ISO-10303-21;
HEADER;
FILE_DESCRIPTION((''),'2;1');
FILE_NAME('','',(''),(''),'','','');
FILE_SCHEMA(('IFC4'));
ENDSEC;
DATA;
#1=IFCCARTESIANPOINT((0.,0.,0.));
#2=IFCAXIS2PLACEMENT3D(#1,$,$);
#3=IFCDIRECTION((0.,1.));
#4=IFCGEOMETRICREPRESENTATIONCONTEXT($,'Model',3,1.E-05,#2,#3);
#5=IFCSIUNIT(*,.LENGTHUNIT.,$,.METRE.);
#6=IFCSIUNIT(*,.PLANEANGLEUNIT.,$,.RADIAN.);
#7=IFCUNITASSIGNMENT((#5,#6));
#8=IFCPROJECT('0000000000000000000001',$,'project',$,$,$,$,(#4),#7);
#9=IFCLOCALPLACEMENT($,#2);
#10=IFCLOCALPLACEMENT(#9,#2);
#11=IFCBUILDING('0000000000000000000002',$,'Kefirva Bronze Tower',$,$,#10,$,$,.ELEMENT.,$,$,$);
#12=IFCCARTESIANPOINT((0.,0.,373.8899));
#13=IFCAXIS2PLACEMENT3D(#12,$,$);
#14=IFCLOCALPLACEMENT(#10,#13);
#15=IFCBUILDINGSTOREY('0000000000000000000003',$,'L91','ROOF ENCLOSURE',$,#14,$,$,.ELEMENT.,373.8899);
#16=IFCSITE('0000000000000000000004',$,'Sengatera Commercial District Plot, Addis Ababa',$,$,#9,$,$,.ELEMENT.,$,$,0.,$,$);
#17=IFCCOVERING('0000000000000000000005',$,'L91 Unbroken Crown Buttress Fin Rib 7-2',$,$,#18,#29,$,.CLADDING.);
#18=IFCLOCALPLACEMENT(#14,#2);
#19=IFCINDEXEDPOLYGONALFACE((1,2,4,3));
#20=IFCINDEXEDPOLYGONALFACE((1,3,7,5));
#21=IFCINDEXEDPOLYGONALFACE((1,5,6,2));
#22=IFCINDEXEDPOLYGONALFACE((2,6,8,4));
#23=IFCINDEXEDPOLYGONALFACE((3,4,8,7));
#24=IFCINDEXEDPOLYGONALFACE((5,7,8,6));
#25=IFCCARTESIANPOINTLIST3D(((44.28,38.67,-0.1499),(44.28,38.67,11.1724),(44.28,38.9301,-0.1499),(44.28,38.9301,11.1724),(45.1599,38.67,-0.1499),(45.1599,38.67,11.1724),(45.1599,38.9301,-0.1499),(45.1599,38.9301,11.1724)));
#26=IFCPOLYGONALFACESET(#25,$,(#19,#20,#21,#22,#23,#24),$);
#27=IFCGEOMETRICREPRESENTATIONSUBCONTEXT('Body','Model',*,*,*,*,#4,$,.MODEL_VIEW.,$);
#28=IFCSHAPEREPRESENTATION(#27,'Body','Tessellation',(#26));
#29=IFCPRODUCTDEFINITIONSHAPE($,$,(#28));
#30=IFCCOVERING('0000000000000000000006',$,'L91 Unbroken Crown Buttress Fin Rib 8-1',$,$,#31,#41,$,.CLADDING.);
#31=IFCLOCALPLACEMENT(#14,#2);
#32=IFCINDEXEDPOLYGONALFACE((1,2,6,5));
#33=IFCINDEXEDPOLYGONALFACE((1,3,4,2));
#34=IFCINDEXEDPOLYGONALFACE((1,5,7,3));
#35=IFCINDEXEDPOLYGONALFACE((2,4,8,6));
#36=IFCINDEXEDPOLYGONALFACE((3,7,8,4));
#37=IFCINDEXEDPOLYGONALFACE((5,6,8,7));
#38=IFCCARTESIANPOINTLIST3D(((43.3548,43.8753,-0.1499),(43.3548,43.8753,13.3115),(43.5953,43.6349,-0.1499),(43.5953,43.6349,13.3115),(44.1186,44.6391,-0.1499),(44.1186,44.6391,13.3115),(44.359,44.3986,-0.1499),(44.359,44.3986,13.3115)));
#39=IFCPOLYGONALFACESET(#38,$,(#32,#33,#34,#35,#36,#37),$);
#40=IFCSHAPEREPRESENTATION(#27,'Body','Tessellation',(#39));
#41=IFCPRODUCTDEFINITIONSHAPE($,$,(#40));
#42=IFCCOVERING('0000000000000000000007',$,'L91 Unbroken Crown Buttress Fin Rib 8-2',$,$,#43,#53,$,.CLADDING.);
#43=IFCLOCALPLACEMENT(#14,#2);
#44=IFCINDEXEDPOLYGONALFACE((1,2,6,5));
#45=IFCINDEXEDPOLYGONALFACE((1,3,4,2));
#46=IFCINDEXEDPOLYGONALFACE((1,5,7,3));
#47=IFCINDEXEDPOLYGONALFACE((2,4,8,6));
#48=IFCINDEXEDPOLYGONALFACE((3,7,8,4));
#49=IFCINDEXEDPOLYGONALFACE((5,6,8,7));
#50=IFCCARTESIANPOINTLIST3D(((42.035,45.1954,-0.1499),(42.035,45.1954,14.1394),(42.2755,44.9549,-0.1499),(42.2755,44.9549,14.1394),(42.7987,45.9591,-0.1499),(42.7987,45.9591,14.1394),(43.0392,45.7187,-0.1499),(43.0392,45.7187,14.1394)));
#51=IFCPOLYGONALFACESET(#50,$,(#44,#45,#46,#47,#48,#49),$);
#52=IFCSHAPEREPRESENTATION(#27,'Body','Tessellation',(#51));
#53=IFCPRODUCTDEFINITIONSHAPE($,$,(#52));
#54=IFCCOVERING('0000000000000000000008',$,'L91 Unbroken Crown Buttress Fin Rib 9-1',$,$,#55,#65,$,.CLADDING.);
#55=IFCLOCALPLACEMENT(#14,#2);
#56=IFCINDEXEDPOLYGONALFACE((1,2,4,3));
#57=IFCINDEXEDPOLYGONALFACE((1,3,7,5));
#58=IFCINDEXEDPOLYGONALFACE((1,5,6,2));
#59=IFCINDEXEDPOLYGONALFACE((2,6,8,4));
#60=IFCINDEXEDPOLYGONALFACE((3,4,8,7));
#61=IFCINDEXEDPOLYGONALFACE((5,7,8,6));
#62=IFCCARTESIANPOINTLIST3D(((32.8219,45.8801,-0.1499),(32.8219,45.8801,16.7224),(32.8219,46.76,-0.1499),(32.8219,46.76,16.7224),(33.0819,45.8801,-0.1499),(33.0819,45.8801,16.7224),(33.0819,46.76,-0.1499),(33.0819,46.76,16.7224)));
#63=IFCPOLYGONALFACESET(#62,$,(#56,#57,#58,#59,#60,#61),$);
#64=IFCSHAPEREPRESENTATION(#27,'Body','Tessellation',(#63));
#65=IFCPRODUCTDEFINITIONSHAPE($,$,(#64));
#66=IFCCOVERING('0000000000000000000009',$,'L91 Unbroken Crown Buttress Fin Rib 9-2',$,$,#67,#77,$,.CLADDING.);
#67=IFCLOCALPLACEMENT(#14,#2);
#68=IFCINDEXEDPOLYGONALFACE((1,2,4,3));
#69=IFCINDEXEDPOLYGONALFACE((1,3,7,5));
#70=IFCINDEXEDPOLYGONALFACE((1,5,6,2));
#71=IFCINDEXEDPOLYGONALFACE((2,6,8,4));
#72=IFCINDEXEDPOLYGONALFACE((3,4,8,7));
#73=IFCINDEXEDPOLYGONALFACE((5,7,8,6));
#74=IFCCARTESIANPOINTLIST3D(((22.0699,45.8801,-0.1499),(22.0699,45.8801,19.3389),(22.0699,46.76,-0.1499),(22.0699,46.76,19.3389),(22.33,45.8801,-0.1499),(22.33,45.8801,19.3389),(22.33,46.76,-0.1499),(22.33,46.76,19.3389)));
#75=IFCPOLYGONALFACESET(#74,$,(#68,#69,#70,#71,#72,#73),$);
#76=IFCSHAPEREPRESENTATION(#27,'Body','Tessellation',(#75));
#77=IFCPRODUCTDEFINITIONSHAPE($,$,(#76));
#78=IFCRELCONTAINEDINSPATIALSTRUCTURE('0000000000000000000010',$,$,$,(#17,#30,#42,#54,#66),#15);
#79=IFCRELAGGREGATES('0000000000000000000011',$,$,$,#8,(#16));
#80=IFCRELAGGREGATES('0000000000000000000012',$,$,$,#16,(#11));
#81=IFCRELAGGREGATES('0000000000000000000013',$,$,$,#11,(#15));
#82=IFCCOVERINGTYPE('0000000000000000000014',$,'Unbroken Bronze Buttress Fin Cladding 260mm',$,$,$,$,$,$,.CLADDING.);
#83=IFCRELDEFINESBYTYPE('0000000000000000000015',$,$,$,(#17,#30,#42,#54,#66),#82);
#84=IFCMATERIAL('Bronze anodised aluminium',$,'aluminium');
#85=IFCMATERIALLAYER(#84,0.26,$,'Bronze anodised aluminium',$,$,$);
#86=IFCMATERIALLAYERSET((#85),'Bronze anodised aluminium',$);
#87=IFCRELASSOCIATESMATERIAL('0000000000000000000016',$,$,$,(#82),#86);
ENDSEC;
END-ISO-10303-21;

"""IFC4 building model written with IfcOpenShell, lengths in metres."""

from ifc_helpers import new_model, si_unit, direction, frame, origin, origin_2d, place, context, subcontext, project, spatial, rectangle, extrude, material, layer, layer_set, type_object, element, save


model = new_model("IFC4")

# Units and contexts
model_context = context("Model", 3, precision=1e-05, world=origin(), true_north=direction((0.0, 1.0)))
body_context = subcontext(model_context, "Body", "Model", "MODEL_VIEW")
ifc_project = project(units=[si_unit("LENGTHUNIT", "METRE"), si_unit("PLANEANGLEUNIT", "RADIAN")], contexts=[model_context])

# Site, building, storey
site_placement = place(None, origin())
site = spatial("IfcSite", under=ifc_project, at=site_placement, Name="Sengatera Commercial District Plot, Addis Ababa", CompositionType="ELEMENT", RefElevation=0.0)
building_placement = place(site_placement, origin())
building = spatial("IfcBuilding", under=site, at=building_placement, Name="Kefirva Bronze Tower", CompositionType="ELEMENT")
storey_placement = place(building_placement, frame((0.0, 0.0, 373.8899)))
storey = spatial("IfcBuildingStorey", under=building, at=storey_placement, Name="L91", Description="ROOF ENCLOSURE", CompositionType="ELEMENT", Elevation=373.8899)

# Shared definitions
ifc_material_1 = material(Name="Bronze anodised aluminium", Category="aluminium")

# Coverings
ifc_layer_1 = layer(ifc_material_1, 0.26, Name="Bronze anodised aluminium")
ifc_layer_set_1 = layer_set([ifc_layer_1], Name="Bronze anodised aluminium")
covering_type_1 = type_object("IfcCoveringType", Name="Unbroken Bronze Buttress Fin Cladding 260mm", PredefinedType="CLADDING", material=ifc_layer_set_1)
covering_1_placement = place(storey_placement, frame((44.72, 38.8, -0.1499), z_axis=(0.0, 0.0, 1.0), x_axis=(0.0, 1.0, 0.0)))
element("IfcCovering", 1, at=covering_1_placement, inside=storey, type_object=covering_type_1, Name="L91 Unbroken Crown Buttress Fin Rib 7-2", PredefinedType="CLADDING", context=body_context, shape_type="SweptSolid", body=[
    extrude(rectangle(XDim=0.26, YDim=0.8799, at=origin_2d()), origin(), (0.0, 0.0, 1.0), 11.3223),
])
covering_2_placement = place(storey_placement, frame((43.8569, 44.137, -0.1499), z_axis=(0.0, 0.0, 1.0), x_axis=(-0.707107, 0.707107, 0.0)))
element("IfcCovering", 2, at=covering_2_placement, inside=storey, type_object=covering_type_1, Name="L91 Unbroken Crown Buttress Fin Rib 8-1", PredefinedType="CLADDING", context=body_context, shape_type="SweptSolid", body=[
    extrude(rectangle(XDim=0.3401, YDim=1.0801, at=origin_2d()), origin(), (0.0, 0.0, 1.0), 13.4614),
])
covering_3_placement = place(storey_placement, frame((42.5371, 45.457, -0.1499), z_axis=(0.0, 0.0, 1.0), x_axis=(-0.707107, 0.707107, 0.0)))
element("IfcCovering", 3, at=covering_3_placement, inside=storey, type_object=covering_type_1, Name="L91 Unbroken Crown Buttress Fin Rib 8-2", PredefinedType="CLADDING", context=body_context, shape_type="SweptSolid", body=[
    extrude(rectangle(XDim=0.3401, YDim=1.0801, at=origin_2d()), origin(), (0.0, 0.0, 1.0), 14.2893),
])
covering_4_placement = place(storey_placement, frame((32.9519, 46.3201, -0.1499), z_axis=(0.0, 0.0, 1.0), x_axis=(-1.0, 0.0, 0.0)))
element("IfcCovering", 4, at=covering_4_placement, inside=storey, type_object=covering_type_1, Name="L91 Unbroken Crown Buttress Fin Rib 9-1", PredefinedType="CLADDING", context=body_context, shape_type="SweptSolid", body=[
    extrude(rectangle(XDim=0.26, YDim=0.8799, at=origin_2d()), origin(), (0.0, 0.0, 1.0), 16.8723),
])
covering_5_placement = place(storey_placement, frame((22.2, 46.3201, -0.1499), z_axis=(0.0, 0.0, 1.0), x_axis=(-1.0, 0.0, 0.0)))
element("IfcCovering", 5, at=covering_5_placement, inside=storey, type_object=covering_type_1, Name="L91 Unbroken Crown Buttress Fin Rib 9-2", PredefinedType="CLADDING", context=body_context, shape_type="SweptSolid", body=[
    extrude(rectangle(XDim=0.26, YDim=0.8799, at=origin_2d()), origin(), (0.0, 0.0, 1.0), 19.4888),
])

save(model, "model.ifc")
